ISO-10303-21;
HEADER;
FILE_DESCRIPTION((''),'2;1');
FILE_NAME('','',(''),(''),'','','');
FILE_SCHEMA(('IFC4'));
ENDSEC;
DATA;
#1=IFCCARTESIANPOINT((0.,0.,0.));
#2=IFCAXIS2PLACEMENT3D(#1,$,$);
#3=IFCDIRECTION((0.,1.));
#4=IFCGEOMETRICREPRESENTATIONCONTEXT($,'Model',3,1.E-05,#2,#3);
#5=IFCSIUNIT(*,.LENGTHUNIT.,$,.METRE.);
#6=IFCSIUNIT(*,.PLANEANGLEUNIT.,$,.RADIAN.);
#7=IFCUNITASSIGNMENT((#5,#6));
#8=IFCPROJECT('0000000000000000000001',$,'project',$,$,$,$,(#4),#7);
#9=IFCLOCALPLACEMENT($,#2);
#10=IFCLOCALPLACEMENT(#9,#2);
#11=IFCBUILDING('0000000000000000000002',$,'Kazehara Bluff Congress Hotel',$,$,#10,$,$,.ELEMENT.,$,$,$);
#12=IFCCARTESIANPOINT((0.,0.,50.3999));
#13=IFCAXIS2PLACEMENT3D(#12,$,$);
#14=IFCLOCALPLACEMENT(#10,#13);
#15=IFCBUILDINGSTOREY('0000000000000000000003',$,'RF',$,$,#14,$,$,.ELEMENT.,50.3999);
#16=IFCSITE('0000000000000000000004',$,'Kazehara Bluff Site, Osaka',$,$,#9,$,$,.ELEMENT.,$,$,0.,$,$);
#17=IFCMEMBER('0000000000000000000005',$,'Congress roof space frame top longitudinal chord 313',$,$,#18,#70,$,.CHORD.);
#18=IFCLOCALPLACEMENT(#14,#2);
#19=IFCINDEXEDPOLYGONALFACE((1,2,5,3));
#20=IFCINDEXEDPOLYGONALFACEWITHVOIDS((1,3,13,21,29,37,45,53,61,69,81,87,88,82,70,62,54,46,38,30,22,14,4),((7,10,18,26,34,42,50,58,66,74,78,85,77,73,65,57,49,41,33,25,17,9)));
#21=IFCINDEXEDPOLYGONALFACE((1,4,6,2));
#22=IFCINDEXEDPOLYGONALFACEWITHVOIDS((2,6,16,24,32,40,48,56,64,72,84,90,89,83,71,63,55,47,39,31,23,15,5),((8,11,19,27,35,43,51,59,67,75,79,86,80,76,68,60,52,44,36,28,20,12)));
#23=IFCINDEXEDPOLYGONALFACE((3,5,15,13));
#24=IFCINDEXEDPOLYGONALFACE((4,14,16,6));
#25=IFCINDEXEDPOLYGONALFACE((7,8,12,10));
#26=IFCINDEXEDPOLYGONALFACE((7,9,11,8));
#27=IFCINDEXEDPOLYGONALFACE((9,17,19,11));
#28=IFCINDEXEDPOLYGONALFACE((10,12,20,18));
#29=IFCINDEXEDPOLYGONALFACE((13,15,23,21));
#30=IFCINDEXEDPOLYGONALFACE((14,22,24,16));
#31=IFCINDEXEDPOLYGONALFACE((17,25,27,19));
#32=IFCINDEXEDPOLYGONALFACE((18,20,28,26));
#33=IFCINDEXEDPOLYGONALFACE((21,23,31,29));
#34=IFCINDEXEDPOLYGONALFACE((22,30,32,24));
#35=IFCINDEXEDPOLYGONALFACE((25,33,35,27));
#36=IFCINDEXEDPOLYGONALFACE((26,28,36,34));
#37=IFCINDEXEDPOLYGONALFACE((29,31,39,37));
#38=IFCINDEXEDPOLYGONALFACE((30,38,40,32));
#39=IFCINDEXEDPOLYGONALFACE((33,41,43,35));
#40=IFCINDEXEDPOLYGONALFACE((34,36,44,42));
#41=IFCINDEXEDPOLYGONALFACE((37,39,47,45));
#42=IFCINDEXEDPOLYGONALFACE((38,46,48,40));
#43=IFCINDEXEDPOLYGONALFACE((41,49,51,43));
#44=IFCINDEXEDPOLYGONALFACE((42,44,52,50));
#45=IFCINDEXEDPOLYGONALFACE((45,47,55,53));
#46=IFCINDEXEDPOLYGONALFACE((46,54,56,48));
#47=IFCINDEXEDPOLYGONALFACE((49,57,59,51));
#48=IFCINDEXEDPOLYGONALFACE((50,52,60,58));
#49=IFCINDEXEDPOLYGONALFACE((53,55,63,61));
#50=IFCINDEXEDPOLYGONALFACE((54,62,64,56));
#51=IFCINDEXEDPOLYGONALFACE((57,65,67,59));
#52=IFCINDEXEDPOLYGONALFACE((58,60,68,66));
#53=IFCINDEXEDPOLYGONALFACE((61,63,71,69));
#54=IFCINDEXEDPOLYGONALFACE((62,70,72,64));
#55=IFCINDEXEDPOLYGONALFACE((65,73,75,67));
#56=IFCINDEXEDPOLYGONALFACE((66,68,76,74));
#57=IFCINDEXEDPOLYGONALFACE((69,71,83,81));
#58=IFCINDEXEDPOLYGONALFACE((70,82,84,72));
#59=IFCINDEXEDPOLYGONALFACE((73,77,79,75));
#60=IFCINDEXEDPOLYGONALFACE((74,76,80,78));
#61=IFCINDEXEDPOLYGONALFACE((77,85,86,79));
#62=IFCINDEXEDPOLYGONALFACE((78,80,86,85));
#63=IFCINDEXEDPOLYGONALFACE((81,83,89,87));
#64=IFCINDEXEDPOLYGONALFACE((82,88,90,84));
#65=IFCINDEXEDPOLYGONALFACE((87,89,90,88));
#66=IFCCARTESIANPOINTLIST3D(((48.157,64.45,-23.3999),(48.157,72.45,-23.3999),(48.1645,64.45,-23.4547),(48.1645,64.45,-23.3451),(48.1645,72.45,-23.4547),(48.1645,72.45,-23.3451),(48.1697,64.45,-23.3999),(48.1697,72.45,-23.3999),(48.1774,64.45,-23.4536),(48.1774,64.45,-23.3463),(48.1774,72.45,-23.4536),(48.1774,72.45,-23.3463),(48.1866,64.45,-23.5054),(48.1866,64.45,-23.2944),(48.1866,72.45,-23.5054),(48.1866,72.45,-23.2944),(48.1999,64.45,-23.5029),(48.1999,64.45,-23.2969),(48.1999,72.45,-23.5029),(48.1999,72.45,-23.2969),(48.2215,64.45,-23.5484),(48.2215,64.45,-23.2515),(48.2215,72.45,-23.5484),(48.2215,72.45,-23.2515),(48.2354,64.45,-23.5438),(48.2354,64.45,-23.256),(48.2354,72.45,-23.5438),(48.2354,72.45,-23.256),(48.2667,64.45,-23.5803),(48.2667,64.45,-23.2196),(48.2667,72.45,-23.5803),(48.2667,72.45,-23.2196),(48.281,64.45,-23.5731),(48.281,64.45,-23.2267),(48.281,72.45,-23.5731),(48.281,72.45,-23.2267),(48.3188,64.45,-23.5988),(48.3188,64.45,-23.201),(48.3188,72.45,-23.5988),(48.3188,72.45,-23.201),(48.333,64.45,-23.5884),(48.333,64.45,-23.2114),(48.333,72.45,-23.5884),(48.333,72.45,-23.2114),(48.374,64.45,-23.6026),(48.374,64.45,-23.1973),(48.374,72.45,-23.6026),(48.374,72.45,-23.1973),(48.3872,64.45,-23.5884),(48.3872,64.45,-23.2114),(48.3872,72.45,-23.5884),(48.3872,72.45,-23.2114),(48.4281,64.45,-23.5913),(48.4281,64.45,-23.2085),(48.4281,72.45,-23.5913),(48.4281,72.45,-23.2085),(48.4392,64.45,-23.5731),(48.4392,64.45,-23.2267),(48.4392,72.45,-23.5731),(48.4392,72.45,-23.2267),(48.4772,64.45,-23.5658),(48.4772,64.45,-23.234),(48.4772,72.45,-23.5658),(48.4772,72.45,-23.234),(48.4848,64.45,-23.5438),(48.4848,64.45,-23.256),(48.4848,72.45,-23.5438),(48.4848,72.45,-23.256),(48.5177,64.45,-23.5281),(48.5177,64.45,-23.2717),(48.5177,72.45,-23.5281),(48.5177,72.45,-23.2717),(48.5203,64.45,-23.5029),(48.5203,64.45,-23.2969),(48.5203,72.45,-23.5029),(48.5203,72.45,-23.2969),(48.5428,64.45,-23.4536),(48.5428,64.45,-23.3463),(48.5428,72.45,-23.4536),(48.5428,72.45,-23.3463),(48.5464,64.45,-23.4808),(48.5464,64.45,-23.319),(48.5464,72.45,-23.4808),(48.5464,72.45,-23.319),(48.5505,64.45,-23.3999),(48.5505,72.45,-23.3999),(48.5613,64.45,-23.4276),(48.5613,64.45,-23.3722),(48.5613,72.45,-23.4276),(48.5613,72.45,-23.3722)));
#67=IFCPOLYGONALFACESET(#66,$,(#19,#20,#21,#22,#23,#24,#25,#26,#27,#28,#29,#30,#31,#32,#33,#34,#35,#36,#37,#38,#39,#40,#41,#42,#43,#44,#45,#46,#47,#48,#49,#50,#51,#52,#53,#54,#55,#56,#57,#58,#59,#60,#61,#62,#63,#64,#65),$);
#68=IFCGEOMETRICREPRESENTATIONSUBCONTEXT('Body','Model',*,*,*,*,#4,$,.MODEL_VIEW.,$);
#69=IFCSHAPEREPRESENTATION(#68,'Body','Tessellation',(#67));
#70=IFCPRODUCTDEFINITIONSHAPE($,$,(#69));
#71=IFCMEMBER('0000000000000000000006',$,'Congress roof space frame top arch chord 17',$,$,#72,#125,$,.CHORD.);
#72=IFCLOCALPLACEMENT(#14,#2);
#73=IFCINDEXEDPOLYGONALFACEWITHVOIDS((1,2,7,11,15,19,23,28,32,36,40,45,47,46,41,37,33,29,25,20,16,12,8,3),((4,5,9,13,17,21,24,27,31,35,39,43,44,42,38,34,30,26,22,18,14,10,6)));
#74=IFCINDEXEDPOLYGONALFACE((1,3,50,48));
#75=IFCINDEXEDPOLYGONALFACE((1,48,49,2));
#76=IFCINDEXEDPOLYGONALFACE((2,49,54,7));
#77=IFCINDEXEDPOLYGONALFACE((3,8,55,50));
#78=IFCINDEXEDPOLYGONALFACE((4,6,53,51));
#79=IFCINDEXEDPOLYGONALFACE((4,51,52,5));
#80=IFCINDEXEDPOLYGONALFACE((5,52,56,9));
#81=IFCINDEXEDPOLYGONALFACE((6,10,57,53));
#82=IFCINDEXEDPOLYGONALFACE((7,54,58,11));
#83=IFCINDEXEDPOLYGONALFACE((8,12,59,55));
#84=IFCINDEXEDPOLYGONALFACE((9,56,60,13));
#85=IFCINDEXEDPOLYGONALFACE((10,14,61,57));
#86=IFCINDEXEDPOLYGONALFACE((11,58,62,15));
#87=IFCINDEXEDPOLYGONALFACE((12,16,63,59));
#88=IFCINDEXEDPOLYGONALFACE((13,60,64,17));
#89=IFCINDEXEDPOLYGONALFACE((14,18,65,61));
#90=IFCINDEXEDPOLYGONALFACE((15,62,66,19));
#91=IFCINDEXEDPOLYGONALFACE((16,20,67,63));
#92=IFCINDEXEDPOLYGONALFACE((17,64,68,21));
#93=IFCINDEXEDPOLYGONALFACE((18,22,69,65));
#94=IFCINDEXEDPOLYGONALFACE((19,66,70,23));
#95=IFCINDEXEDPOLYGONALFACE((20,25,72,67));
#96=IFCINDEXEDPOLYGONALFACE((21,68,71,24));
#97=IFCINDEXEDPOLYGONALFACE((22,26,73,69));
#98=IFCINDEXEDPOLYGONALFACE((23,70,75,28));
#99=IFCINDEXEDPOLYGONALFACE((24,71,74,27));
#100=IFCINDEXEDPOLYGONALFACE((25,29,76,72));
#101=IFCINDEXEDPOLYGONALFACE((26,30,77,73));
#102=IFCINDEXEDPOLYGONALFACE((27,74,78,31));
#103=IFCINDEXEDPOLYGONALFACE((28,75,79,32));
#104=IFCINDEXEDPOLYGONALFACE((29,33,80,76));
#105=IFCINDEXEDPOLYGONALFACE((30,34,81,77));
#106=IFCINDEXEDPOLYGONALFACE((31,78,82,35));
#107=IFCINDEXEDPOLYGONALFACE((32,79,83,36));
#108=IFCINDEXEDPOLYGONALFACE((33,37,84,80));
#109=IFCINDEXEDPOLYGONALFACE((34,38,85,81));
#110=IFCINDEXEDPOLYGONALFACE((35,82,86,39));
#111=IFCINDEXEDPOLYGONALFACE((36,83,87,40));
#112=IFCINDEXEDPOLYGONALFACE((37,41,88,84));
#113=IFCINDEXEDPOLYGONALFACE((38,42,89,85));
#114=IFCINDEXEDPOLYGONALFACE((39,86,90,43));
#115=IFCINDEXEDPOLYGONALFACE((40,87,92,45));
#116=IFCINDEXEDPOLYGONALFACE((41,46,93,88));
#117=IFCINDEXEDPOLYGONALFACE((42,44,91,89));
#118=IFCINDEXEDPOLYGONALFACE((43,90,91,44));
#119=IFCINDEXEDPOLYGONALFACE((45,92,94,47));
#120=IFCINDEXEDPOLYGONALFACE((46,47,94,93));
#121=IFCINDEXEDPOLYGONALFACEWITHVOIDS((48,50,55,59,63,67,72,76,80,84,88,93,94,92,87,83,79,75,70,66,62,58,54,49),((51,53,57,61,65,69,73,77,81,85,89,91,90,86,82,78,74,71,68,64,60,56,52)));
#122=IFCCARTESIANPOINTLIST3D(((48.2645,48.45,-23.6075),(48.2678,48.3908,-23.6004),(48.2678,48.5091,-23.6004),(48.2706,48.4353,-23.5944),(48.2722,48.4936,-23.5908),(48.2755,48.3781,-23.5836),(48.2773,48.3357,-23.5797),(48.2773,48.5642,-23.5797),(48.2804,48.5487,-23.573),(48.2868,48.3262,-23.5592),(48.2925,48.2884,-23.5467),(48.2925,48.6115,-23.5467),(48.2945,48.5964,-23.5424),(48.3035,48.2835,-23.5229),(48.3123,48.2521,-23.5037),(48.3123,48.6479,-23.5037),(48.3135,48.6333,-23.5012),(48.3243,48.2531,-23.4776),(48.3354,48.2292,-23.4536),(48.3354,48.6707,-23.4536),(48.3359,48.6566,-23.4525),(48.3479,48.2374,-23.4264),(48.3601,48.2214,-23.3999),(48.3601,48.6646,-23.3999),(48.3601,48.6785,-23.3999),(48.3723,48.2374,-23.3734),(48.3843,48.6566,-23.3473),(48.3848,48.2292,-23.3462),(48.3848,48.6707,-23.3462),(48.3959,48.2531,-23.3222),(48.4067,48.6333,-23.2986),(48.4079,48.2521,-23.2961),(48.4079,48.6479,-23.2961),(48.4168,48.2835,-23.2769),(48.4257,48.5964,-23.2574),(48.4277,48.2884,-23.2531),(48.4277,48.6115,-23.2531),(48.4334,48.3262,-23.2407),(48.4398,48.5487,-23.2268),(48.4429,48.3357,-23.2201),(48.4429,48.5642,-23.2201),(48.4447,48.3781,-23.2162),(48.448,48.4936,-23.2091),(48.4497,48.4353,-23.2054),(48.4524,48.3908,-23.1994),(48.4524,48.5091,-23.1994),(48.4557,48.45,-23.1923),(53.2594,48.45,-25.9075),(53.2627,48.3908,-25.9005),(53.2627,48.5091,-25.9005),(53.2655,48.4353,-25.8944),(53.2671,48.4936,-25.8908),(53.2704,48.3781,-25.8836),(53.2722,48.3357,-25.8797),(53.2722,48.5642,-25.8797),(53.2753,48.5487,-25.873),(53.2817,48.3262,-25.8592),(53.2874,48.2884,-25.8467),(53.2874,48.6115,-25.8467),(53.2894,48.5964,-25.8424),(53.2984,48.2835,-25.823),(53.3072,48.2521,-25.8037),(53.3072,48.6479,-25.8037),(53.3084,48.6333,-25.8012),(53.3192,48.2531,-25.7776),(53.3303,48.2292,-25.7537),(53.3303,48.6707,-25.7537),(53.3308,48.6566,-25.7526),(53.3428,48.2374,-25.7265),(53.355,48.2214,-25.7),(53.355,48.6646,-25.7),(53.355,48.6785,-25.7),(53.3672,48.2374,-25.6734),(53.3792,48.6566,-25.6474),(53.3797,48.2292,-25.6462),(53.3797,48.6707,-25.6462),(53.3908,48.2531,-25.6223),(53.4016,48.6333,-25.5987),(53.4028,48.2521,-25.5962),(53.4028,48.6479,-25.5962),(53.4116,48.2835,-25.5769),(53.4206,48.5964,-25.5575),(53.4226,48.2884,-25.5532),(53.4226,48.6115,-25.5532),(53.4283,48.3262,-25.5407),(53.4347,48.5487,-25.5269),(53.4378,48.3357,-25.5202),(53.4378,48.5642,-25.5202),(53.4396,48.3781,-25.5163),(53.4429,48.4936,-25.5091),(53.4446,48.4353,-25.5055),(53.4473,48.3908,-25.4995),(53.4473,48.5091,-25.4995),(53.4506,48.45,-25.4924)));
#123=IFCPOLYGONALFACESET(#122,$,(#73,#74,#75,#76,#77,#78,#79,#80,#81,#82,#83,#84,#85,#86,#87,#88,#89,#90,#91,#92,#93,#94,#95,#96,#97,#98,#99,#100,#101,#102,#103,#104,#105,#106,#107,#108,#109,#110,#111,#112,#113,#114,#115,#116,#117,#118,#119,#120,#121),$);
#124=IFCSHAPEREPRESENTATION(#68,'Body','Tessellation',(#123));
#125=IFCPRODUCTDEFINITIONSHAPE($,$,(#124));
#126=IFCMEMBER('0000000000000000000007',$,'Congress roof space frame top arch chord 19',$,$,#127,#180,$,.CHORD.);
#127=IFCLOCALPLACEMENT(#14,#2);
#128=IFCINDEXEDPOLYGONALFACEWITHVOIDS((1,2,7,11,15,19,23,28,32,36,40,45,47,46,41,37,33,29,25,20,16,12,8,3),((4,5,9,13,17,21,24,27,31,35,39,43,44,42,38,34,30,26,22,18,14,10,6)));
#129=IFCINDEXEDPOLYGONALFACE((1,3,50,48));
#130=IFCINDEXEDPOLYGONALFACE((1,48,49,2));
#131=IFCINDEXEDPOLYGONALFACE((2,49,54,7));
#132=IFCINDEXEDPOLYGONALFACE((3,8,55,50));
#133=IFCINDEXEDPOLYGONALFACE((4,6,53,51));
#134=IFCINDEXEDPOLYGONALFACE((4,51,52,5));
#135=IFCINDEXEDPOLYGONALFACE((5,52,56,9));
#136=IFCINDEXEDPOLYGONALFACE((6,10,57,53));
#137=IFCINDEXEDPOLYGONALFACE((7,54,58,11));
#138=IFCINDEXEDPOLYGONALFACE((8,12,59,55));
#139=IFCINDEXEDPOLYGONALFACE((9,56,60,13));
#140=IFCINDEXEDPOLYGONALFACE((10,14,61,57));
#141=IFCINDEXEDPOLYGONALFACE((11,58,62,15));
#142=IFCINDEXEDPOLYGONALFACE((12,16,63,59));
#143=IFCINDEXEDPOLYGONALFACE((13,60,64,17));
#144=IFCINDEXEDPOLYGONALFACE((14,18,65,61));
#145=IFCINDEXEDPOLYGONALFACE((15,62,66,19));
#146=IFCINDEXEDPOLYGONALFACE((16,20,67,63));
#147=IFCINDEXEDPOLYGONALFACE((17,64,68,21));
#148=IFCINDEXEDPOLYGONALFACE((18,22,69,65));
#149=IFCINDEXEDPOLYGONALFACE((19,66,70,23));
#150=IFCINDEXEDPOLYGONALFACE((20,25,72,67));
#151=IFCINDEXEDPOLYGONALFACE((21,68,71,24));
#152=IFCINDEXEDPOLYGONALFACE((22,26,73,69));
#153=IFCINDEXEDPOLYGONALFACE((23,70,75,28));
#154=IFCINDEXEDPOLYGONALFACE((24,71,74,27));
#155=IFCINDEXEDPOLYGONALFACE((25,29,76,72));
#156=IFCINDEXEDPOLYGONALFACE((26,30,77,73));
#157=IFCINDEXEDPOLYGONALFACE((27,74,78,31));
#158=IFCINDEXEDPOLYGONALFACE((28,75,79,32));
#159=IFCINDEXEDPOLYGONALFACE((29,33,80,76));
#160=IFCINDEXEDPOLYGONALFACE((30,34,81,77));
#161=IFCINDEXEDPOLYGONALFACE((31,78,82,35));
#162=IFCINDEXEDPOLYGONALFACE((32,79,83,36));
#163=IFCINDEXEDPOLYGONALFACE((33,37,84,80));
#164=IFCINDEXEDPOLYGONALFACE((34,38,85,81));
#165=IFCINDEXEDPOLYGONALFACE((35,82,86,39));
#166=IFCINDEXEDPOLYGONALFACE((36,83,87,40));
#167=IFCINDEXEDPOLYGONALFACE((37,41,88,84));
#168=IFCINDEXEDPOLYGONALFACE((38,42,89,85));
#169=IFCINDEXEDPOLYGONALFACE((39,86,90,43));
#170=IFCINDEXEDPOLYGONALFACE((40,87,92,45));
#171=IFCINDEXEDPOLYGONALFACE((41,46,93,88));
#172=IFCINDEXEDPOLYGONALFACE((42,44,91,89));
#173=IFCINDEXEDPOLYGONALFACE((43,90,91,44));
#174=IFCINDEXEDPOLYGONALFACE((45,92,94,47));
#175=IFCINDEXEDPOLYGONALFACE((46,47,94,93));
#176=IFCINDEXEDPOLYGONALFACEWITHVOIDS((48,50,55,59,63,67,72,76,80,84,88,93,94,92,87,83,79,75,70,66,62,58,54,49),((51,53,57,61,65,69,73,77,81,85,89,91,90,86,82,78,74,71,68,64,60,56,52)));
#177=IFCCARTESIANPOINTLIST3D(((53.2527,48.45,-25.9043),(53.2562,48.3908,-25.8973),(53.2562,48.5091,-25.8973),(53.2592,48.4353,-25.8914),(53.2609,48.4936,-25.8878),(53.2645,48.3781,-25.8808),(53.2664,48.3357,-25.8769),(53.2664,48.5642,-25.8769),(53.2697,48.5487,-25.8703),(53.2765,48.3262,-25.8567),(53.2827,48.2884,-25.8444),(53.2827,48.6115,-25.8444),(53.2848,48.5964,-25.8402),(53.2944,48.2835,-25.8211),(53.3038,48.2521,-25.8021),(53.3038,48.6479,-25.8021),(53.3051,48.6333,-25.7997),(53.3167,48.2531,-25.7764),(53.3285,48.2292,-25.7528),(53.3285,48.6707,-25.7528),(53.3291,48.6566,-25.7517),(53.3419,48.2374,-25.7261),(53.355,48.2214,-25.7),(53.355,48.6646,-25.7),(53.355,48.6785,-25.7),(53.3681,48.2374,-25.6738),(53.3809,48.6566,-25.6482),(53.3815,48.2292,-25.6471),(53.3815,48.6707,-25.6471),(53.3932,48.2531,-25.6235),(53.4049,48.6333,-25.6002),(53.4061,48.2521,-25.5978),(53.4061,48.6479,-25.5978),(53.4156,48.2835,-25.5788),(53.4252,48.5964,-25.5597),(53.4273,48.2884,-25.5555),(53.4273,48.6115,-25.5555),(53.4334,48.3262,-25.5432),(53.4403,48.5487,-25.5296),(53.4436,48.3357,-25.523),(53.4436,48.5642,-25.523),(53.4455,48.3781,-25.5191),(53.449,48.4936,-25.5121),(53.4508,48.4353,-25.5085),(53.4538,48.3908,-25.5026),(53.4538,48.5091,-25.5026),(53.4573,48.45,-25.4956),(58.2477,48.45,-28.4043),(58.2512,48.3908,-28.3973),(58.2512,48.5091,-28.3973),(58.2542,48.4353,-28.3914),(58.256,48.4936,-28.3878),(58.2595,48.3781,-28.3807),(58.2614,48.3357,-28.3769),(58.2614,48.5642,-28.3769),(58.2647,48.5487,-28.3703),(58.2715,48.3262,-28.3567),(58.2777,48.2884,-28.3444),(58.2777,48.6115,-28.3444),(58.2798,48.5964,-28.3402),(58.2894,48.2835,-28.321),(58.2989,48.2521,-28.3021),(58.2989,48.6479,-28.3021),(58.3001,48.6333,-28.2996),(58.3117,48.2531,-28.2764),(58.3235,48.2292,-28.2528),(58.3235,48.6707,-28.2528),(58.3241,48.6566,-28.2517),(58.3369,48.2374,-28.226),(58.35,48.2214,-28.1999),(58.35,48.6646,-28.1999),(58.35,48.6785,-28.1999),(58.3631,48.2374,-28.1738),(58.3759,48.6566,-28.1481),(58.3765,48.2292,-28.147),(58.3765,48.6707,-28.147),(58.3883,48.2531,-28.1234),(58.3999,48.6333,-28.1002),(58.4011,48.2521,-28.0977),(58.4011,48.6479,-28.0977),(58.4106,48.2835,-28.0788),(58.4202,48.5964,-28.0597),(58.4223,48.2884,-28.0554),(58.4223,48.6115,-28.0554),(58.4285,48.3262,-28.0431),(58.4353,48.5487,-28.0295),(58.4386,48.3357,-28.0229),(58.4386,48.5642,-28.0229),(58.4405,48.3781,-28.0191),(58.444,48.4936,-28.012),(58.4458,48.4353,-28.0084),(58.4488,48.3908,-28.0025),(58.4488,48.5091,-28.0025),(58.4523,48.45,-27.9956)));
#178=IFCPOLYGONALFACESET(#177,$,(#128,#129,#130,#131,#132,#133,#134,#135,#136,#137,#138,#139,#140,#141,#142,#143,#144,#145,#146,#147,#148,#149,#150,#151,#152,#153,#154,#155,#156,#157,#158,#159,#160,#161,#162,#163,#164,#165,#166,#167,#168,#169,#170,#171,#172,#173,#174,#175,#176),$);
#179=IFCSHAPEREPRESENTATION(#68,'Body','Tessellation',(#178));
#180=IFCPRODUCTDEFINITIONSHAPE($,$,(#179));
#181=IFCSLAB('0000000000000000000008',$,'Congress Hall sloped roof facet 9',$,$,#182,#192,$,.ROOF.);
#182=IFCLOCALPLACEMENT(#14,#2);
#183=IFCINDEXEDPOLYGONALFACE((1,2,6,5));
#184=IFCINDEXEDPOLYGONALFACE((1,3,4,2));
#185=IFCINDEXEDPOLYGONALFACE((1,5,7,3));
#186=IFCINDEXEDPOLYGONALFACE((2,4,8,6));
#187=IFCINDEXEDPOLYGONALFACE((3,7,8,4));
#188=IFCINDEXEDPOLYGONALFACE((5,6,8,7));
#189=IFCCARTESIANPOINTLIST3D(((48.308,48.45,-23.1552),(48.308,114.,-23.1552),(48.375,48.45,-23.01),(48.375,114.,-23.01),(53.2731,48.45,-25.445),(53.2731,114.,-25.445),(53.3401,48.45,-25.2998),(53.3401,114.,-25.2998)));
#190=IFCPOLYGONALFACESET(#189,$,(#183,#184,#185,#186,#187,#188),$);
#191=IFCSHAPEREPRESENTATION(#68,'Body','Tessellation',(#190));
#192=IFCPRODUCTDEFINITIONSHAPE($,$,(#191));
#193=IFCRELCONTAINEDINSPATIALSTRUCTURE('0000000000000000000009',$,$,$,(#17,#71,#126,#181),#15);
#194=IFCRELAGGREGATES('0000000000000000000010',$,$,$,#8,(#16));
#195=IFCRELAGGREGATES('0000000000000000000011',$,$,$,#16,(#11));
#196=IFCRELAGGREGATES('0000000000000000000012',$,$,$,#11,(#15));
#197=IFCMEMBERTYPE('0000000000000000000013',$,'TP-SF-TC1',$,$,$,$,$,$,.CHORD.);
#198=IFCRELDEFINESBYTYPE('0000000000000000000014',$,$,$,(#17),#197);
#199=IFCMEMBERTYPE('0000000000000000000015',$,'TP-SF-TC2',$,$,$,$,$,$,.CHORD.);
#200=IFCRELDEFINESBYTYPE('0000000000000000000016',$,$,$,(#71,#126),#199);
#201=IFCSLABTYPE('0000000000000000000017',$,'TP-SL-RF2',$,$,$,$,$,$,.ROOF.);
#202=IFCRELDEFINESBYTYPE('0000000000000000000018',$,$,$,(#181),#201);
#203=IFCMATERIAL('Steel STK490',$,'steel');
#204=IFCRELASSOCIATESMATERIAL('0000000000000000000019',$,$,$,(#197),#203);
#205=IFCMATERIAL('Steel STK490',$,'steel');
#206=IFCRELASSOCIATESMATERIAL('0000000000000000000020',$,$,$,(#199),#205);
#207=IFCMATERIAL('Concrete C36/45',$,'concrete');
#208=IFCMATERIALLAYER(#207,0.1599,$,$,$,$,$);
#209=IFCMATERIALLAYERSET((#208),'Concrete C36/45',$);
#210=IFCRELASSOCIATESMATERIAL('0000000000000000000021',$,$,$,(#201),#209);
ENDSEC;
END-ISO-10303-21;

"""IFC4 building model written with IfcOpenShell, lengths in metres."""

from ifc_helpers import new_model, si_unit, direction, frame, origin, origin_2d, place, context, subcontext, project, spatial, polyline, hollow_circle, outline, extrude, material, layer, layer_set, material_profile, profile_set, type_object, element, save


model = new_model("IFC4")

# Units and contexts
model_context = context("Model", 3, precision=1e-05, world=origin(), true_north=direction((0.0, 1.0)))
body_context = subcontext(model_context, "Body", "Model", "MODEL_VIEW")
ifc_project = project(units=[si_unit("LENGTHUNIT", "METRE"), si_unit("PLANEANGLEUNIT", "RADIAN")], contexts=[model_context])

# Site, building, storey
site_placement = place(None, origin())
site = spatial("IfcSite", under=ifc_project, at=site_placement, Name="Kazehara Bluff Site, Osaka", CompositionType="ELEMENT", RefElevation=0.0)
building_placement = place(site_placement, origin())
building = spatial("IfcBuilding", under=site, at=building_placement, Name="Kazehara Bluff Congress Hotel", CompositionType="ELEMENT")
storey_placement = place(building_placement, frame((0.0, 0.0, 50.3999)))
storey = spatial("IfcBuildingStorey", under=building, at=storey_placement, Name="RF", CompositionType="ELEMENT", Elevation=50.3999)

# Members
ifc_material_1 = material(Name="Steel STK490", Category="steel")
ifc_material_profile_1 = material_profile(ifc_material_1, hollow_circle(Radius=0.2031, WallThickness=0.0127, at=origin_2d()))
ifc_profile_set_1 = profile_set([ifc_material_profile_1], Name="Steel STK490")
member_type_1 = type_object("IfcMemberType", Name="TP-SF-TC1", PredefinedType="CHORD", material=ifc_profile_set_1)
for number, where, z_axis, x_axis, name in (
    (1, (48.3601, 64.45, -23.3999), (0.0, 1.0, 0.0), (-1.0, 0.0, 0.0), "Congress roof space frame top longitudinal chord 313"),
):
    element("IfcMember", number, at=place(storey_placement, frame(where, z_axis=z_axis, x_axis=x_axis)), inside=storey, type_object=member_type_1, Name=name, PredefinedType="CHORD", context=body_context, shape_type="SweptSolid", body=[
        extrude(hollow_circle(Radius=0.2031, WallThickness=0.0127, at=origin_2d()), origin(), (0.0, 0.0, 1.0), 8.0),
    ])
ifc_material_2 = material(Name="Steel STK490", Category="steel")
ifc_material_profile_2 = material_profile(ifc_material_2, hollow_circle(Radius=0.2285, WallThickness=0.0139, at=origin_2d()))
ifc_profile_set_2 = profile_set([ifc_material_profile_2], Name="Steel STK490")
member_type_2 = type_object("IfcMemberType", Name="TP-SF-TC2", PredefinedType="CHORD", material=ifc_profile_set_2)
member_1_placement = place(storey_placement, frame((48.3601, 48.45, -23.3999), z_axis=(0.908324, 0.0, -0.418267), x_axis=(0.0, 1.0, 0.0)))
element("IfcMember", 2, at=member_1_placement, inside=storey, type_object=member_type_2, Name="Congress roof space frame top arch chord 17", PredefinedType="CHORD", context=body_context, shape_type="SweptSolid", body=[
    extrude(hollow_circle(Radius=0.2285, WallThickness=0.0139, at=origin_2d()), origin(), (0.0, 0.0, 1.0), 5.499),
])
member_2_placement = place(storey_placement, frame((53.355, 48.45, -25.7), z_axis=(0.894252, 0.0, -0.447563), x_axis=(0.0, 1.0, 0.0)))
element("IfcMember", 3, at=member_2_placement, inside=storey, type_object=member_type_2, Name="Congress roof space frame top arch chord 19", PredefinedType="CHORD", context=body_context, shape_type="SweptSolid", body=[
    extrude(hollow_circle(Radius=0.2285, WallThickness=0.0139, at=origin_2d()), origin(), (0.0, 0.0, 1.0), 5.5857),
])

# Slab
ifc_material_3 = material(Name="Concrete C36/45", Category="concrete")
ifc_layer = layer(ifc_material_3, 0.1599)
ifc_layer_set = layer_set([ifc_layer], Name="Concrete C36/45")
slab_type = type_object("IfcSlabType", Name="TP-SL-RF2", PredefinedType="ROOF", material=ifc_layer_set)
slab_placement = place(storey_placement, frame((48.375, 48.45, -23.01), z_axis=(0.418789, 0.0, 0.908083), x_axis=(0.908083, 0.0, -0.418789)))
element("IfcSlab", 4, at=slab_placement, inside=storey, type_object=slab_type, Name="Congress Hall sloped roof facet 9", PredefinedType="ROOF", context=body_context, shape_type="SweptSolid", body=[
    extrude(outline(polyline([(0.0, 0.0), (5.4677, 0.0), (5.4677, 65.55), (0.0, 65.55), (0.0, 0.0)])), origin(), (0.0, 0.0, -1.0), 0.1599),
])

save(model, "model.ifc")
